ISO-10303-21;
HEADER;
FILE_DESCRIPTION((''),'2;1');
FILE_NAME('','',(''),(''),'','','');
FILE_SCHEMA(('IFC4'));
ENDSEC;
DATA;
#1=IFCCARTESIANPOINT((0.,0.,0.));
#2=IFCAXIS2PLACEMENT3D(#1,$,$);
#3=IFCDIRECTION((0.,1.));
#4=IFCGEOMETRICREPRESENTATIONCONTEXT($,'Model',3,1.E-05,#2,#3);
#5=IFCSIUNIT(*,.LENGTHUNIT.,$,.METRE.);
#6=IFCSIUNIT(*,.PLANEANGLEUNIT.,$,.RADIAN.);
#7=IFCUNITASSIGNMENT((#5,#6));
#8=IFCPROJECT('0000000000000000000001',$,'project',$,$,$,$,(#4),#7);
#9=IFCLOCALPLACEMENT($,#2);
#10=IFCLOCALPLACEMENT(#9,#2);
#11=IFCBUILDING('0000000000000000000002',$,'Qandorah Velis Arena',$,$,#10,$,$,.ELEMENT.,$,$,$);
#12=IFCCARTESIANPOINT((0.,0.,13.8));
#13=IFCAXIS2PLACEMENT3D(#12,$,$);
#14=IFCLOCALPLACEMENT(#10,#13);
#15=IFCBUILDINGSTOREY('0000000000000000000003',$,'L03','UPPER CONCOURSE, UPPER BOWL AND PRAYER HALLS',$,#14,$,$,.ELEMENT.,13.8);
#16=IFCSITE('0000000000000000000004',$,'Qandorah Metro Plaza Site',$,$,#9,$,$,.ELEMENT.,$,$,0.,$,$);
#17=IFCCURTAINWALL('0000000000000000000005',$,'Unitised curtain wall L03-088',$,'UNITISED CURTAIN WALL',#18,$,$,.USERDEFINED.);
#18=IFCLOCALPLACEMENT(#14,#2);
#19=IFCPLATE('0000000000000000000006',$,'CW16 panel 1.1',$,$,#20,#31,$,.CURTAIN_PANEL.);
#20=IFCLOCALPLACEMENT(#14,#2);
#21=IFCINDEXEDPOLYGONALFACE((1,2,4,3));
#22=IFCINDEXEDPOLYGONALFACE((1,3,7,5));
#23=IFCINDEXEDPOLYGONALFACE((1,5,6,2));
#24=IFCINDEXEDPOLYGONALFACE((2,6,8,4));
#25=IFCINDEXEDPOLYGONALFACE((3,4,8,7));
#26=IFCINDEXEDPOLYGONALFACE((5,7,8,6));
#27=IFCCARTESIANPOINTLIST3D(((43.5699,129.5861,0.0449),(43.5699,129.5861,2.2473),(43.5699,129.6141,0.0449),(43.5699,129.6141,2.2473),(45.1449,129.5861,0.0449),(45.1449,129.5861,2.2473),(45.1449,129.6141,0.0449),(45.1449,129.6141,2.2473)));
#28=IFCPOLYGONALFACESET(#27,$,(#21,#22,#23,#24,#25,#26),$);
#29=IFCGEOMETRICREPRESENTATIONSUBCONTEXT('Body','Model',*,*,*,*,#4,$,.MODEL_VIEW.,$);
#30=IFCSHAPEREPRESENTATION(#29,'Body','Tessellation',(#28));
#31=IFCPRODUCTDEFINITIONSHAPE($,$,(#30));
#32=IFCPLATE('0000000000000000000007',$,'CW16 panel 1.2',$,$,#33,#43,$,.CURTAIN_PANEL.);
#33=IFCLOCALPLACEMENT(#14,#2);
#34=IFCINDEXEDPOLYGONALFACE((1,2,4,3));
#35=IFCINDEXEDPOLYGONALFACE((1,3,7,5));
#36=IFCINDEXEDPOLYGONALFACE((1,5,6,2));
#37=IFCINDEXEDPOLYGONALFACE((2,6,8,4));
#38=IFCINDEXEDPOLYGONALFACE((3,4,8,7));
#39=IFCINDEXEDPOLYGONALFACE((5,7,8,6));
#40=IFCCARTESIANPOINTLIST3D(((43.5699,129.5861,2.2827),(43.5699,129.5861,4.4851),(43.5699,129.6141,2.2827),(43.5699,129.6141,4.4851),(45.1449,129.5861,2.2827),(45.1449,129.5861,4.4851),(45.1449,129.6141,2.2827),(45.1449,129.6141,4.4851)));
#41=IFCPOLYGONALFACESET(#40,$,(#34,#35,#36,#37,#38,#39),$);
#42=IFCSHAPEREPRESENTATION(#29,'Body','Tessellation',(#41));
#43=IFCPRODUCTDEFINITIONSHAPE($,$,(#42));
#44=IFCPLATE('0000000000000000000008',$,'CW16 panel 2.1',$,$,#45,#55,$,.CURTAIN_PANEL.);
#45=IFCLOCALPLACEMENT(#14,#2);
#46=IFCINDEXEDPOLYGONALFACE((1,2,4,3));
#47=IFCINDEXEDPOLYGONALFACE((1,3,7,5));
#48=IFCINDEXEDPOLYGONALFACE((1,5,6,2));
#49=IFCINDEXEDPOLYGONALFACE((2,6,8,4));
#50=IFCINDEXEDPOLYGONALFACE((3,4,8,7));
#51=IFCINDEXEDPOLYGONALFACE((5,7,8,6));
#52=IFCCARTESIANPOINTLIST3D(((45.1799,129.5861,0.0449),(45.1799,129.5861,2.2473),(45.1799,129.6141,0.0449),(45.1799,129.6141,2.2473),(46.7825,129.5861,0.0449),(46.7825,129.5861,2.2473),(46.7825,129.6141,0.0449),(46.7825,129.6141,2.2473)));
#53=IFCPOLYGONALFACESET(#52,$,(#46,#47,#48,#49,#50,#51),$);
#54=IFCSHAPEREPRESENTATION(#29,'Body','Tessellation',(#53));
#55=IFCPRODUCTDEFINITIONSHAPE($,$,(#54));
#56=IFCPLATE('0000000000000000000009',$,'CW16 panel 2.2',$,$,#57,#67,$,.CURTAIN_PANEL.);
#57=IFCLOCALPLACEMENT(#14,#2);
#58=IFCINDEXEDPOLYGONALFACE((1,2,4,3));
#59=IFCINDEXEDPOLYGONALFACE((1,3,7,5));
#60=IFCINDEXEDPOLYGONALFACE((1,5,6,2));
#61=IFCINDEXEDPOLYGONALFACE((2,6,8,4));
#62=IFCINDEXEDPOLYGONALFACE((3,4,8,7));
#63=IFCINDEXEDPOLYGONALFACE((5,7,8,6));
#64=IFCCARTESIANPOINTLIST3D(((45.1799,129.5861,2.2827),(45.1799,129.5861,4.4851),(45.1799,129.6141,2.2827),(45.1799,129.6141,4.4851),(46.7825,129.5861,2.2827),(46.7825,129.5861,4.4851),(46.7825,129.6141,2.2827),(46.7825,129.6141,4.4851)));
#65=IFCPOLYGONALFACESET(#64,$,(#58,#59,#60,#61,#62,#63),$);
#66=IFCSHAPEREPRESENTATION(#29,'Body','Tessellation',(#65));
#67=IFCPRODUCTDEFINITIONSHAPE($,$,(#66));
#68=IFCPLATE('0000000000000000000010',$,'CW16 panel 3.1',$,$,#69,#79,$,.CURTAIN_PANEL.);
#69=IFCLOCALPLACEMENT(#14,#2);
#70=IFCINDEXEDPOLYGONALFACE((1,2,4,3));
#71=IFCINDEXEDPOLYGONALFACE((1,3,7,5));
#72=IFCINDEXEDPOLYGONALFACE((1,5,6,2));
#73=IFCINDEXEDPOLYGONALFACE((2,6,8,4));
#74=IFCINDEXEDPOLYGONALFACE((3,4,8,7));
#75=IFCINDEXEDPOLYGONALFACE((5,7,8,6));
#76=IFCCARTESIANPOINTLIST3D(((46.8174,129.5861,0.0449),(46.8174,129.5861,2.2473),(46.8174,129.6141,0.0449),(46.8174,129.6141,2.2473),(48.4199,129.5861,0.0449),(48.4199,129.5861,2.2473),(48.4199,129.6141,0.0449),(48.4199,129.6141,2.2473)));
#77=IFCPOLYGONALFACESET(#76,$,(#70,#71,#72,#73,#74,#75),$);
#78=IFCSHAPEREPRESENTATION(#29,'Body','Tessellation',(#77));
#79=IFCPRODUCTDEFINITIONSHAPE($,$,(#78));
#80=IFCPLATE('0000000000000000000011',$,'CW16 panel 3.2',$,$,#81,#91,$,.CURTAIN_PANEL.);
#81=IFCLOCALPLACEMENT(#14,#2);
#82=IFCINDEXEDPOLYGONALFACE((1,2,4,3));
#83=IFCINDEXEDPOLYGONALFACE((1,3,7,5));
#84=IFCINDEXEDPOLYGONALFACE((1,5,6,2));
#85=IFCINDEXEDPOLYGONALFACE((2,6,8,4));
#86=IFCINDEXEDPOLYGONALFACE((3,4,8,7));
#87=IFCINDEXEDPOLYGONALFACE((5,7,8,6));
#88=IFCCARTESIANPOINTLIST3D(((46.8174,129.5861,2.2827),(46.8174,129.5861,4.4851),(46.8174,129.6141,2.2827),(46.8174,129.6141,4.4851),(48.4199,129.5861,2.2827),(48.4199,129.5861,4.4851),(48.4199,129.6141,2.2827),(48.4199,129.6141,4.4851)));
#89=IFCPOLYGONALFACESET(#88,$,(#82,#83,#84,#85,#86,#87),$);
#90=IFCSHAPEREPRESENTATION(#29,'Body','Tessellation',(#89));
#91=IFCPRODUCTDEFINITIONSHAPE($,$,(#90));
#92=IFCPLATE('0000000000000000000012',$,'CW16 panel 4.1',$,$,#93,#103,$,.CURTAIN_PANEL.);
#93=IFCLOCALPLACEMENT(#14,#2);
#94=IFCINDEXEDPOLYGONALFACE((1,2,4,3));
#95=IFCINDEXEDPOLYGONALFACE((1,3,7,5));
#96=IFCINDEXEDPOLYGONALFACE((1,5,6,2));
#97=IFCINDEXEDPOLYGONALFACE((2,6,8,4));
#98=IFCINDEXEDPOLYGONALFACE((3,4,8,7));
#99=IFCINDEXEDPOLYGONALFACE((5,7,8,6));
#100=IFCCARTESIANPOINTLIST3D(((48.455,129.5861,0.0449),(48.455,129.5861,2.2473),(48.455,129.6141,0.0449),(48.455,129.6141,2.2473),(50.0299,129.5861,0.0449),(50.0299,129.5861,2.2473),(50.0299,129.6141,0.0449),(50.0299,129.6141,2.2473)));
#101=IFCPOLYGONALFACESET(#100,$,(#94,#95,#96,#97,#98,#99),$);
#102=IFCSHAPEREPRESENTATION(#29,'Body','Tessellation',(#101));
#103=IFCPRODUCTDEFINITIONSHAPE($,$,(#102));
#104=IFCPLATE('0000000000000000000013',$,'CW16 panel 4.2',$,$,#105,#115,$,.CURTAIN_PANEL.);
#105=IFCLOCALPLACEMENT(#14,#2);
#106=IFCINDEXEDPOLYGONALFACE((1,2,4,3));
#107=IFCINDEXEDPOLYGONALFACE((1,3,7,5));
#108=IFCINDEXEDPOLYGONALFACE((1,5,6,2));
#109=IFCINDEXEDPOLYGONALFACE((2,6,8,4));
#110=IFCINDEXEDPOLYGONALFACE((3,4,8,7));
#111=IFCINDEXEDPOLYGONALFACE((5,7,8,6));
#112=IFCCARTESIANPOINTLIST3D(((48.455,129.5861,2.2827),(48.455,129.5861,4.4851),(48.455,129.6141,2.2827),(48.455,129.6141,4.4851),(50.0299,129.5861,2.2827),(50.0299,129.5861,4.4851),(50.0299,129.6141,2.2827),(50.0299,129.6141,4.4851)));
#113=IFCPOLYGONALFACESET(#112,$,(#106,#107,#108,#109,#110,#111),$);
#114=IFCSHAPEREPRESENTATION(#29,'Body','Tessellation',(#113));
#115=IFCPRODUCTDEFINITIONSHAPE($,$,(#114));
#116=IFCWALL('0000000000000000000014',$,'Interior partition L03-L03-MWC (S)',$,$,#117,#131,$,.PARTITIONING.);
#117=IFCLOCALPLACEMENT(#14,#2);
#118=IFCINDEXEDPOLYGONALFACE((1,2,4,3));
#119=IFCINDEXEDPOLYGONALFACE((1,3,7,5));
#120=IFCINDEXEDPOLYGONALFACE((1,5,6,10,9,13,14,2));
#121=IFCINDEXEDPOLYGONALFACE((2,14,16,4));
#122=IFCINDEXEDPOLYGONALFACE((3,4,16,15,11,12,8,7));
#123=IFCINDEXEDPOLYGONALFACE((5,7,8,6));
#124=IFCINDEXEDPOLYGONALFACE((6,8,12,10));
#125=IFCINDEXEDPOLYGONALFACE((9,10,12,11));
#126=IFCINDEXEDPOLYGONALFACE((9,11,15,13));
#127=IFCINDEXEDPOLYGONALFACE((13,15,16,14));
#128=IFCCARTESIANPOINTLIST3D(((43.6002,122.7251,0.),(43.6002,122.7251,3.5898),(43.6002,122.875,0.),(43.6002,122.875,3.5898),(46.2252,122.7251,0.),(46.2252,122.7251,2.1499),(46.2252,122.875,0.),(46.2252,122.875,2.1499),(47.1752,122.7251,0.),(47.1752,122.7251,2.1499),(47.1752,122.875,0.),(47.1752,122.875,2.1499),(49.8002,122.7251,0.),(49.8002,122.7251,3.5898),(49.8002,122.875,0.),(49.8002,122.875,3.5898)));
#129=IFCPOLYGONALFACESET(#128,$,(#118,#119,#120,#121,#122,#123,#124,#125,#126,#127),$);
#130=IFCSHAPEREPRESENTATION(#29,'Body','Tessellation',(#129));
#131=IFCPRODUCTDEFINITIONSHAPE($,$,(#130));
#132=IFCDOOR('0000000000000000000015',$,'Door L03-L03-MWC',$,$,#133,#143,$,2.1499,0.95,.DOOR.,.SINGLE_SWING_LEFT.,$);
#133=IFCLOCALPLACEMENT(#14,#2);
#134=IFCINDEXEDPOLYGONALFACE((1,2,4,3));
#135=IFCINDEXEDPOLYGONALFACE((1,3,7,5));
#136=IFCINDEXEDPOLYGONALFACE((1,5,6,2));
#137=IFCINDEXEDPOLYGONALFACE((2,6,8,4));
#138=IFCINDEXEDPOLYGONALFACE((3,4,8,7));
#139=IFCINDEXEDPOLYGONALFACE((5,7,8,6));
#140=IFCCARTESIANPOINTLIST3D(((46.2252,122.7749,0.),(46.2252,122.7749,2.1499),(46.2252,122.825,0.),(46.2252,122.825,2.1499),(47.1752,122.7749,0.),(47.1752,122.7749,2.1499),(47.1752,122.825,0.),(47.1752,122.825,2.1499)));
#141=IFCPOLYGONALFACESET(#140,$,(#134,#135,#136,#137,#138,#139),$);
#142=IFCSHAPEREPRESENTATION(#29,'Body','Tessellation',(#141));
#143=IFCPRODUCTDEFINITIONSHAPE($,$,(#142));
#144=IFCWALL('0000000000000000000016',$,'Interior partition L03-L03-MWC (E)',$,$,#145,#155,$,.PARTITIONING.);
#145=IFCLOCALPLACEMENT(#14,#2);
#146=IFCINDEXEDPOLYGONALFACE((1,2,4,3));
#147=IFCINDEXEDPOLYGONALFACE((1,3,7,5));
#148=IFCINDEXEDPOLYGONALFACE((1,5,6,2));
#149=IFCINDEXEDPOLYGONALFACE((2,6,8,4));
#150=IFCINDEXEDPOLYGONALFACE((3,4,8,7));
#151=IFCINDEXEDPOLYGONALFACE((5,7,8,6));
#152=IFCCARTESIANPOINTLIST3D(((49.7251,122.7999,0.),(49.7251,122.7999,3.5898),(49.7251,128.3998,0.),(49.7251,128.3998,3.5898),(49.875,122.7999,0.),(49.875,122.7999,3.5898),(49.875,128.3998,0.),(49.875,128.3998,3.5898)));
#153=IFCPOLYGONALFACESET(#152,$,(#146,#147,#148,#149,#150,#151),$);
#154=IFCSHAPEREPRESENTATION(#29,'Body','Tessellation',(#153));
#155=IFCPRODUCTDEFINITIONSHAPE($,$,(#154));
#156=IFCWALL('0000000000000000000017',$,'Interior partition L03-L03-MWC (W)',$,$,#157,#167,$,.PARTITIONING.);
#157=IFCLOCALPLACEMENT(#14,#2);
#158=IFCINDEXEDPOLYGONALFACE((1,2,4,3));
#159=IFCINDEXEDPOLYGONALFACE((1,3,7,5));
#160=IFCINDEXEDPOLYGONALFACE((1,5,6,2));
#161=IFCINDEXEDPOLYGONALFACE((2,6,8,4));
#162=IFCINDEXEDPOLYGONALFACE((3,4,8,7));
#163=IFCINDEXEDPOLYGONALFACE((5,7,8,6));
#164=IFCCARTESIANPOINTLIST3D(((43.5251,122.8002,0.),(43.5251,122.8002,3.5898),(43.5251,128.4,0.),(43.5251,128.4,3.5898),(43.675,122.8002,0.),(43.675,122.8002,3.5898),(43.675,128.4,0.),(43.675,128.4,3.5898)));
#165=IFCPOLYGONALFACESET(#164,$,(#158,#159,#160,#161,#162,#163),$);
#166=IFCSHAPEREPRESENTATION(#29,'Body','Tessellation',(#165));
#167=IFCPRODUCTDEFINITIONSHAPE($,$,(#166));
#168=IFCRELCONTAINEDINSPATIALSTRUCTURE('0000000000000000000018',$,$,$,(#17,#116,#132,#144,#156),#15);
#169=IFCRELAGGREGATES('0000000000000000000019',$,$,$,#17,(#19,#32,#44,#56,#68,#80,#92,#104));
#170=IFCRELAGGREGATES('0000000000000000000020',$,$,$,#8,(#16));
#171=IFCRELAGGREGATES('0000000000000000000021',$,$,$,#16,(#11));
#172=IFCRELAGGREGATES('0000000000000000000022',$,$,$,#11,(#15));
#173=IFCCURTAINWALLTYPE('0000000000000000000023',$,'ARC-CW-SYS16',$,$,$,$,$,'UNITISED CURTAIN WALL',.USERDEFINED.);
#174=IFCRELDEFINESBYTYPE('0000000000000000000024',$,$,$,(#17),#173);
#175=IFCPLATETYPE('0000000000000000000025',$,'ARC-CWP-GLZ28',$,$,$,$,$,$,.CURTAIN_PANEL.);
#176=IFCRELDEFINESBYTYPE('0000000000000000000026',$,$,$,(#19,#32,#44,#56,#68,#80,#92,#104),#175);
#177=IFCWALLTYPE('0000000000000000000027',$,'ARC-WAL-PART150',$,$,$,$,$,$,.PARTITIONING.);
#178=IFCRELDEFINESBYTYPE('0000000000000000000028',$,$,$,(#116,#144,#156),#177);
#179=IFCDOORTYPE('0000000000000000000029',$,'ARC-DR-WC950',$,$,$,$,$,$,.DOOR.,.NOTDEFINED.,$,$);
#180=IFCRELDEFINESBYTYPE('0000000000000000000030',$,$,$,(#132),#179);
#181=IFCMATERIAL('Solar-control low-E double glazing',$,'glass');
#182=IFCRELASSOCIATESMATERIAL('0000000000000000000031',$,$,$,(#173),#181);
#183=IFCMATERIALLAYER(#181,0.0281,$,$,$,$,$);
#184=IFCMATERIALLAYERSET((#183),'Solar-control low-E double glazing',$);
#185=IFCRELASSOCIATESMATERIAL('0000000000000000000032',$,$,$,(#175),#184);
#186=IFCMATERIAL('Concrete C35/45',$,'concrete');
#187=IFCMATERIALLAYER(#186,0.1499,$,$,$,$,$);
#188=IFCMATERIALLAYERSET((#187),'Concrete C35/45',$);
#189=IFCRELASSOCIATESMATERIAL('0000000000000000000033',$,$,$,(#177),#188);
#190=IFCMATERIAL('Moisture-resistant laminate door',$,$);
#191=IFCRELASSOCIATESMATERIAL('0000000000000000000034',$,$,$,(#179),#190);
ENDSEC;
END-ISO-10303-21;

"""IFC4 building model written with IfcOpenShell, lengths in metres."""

from ifc_helpers import new_model, si_unit, direction, frame, frame_2d, origin, origin_2d, place, context, subcontext, project, spatial, rectangle, extrude, material, layer, layer_set, type_object, element, fill, aggregate, save


model = new_model("IFC4")

# Units and contexts
model_context = context("Model", 3, precision=1e-05, world=origin(), true_north=direction((0.0, 1.0)))
body_context = subcontext(model_context, "Body", "Model", "MODEL_VIEW")
ifc_project = project(units=[si_unit("LENGTHUNIT", "METRE"), si_unit("PLANEANGLEUNIT", "RADIAN")], contexts=[model_context])

# Site, building, storey
site_placement = place(None, origin())
site = spatial("IfcSite", under=ifc_project, at=site_placement, Name="Qandorah Metro Plaza Site", CompositionType="ELEMENT", RefElevation=0.0)
building_placement = place(site_placement, origin())
building = spatial("IfcBuilding", under=site, at=building_placement, Name="Qandorah Velis Arena", CompositionType="ELEMENT")
storey_placement = place(building_placement, frame((0.0, 0.0, 13.8)))
storey = spatial("IfcBuildingStorey", under=building, at=storey_placement, Name="L03", Description="UPPER CONCOURSE, UPPER BOWL AND PRAYER HALLS", CompositionType="ELEMENT", Elevation=13.8)

# Curtain wall
ifc_material_1 = material(Name="Solar-control low-E double glazing", Category="glass")
curtain_wall_type = type_object("IfcCurtainWallType", Name="ARC-CW-SYS16", ElementType="UNITISED CURTAIN WALL", PredefinedType="USERDEFINED", material=ifc_material_1)
curtain_wall_placement = place(storey_placement, origin())
curtain_wall = element("IfcCurtainWall", 1, at=curtain_wall_placement, inside=storey, type_object=curtain_wall_type, Name="Unitised curtain wall L03-088", ObjectType="UNITISED CURTAIN WALL", PredefinedType="USERDEFINED")

# Plates
ifc_layer_1 = layer(ifc_material_1, 0.0281)
ifc_layer_set_1 = layer_set([ifc_layer_1], Name="Solar-control low-E double glazing")
plate_type = type_object("IfcPlateType", Name="ARC-CWP-GLZ28", PredefinedType="CURTAIN_PANEL", material=ifc_layer_set_1)
plate_1_placement = place(storey_placement, frame((44.3574, 129.6001, 0.0449), z_axis=(0.0, 0.0, 1.0), x_axis=(1.0, 0.0, 0.0)))
plate_1 = element("IfcPlate", 2, at=plate_1_placement, type_object=plate_type, Name="CW16 panel 1.1", PredefinedType="CURTAIN_PANEL", context=body_context, shape_type="SweptSolid", body=[
    extrude(rectangle(XDim=1.575, YDim=0.0281, at=origin_2d()), origin(), (0.0, 0.0, 1.0), 2.2024),
])
plate_2_placement = place(storey_placement, frame((44.3574, 129.6001, 2.2827), z_axis=(0.0, 0.0, 1.0), x_axis=(1.0, 0.0, 0.0)))
plate_2 = element("IfcPlate", 3, at=plate_2_placement, type_object=plate_type, Name="CW16 panel 1.2", PredefinedType="CURTAIN_PANEL", context=body_context, shape_type="SweptSolid", body=[
    extrude(rectangle(XDim=1.575, YDim=0.0281, at=origin_2d()), origin(), (0.0, 0.0, 1.0), 2.2024),
])
plate_3_placement = place(storey_placement, frame((45.9812, 129.6001, 0.0449), z_axis=(0.0, 0.0, 1.0), x_axis=(1.0, 0.0, 0.0)))
plate_3 = element("IfcPlate", 4, at=plate_3_placement, type_object=plate_type, Name="CW16 panel 2.1", PredefinedType="CURTAIN_PANEL", context=body_context, shape_type="SweptSolid", body=[
    extrude(rectangle(XDim=1.6025, YDim=0.0281, at=origin_2d()), origin(), (0.0, 0.0, 1.0), 2.2024),
])
plate_4_placement = place(storey_placement, frame((45.9812, 129.6001, 2.2827), z_axis=(0.0, 0.0, 1.0), x_axis=(1.0, 0.0, 0.0)))
plate_4 = element("IfcPlate", 5, at=plate_4_placement, type_object=plate_type, Name="CW16 panel 2.2", PredefinedType="CURTAIN_PANEL", context=body_context, shape_type="SweptSolid", body=[
    extrude(rectangle(XDim=1.6025, YDim=0.0281, at=origin_2d()), origin(), (0.0, 0.0, 1.0), 2.2024),
])
plate_5_placement = place(storey_placement, frame((47.6187, 129.6001, 0.0449), z_axis=(0.0, 0.0, 1.0), x_axis=(1.0, 0.0, 0.0)))
plate_5 = element("IfcPlate", 6, at=plate_5_placement, type_object=plate_type, Name="CW16 panel 3.1", PredefinedType="CURTAIN_PANEL", context=body_context, shape_type="SweptSolid", body=[
    extrude(rectangle(XDim=1.6025, YDim=0.0281, at=origin_2d()), origin(), (0.0, 0.0, 1.0), 2.2024),
])
plate_6_placement = place(storey_placement, frame((47.6187, 129.6001, 2.2827), z_axis=(0.0, 0.0, 1.0), x_axis=(1.0, 0.0, 0.0)))
plate_6 = element("IfcPlate", 7, at=plate_6_placement, type_object=plate_type, Name="CW16 panel 3.2", PredefinedType="CURTAIN_PANEL", context=body_context, shape_type="SweptSolid", body=[
    extrude(rectangle(XDim=1.6025, YDim=0.0281, at=origin_2d()), origin(), (0.0, 0.0, 1.0), 2.2024),
])
plate_7_placement = place(storey_placement, frame((49.2424, 129.6001, 0.0449), z_axis=(0.0, 0.0, 1.0), x_axis=(1.0, 0.0, 0.0)))
plate_7 = element("IfcPlate", 8, at=plate_7_placement, type_object=plate_type, Name="CW16 panel 4.1", PredefinedType="CURTAIN_PANEL", context=body_context, shape_type="SweptSolid", body=[
    extrude(rectangle(XDim=1.575, YDim=0.0281, at=origin_2d()), origin(), (0.0, 0.0, 1.0), 2.2024),
])
plate_8_placement = place(storey_placement, frame((49.2424, 129.6001, 2.2827), z_axis=(0.0, 0.0, 1.0), x_axis=(1.0, 0.0, 0.0)))
plate_8 = element("IfcPlate", 9, at=plate_8_placement, type_object=plate_type, Name="CW16 panel 4.2", PredefinedType="CURTAIN_PANEL", context=body_context, shape_type="SweptSolid", body=[
    extrude(rectangle(XDim=1.575, YDim=0.0281, at=origin_2d()), origin(), (0.0, 0.0, 1.0), 2.2024),
])
aggregate(curtain_wall, [plate_1, plate_2, plate_3, plate_4, plate_5, plate_6, plate_7, plate_8])

# Wall, opening, door
ifc_material_2 = material(Name="Concrete C35/45", Category="concrete")
ifc_layer_2 = layer(ifc_material_2, 0.1499)
ifc_layer_set_2 = layer_set([ifc_layer_2], Name="Concrete C35/45")
wall_type = type_object("IfcWallType", Name="ARC-WAL-PART150", PredefinedType="PARTITIONING", material=ifc_layer_set_2)
wall_placement = place(storey_placement, frame((43.6001, 122.8, 0.0), z_axis=(0.0, 0.0, 1.0), x_axis=(1.0, 0.0, 0.0)))
wall = element("IfcWall", 10, at=wall_placement, inside=storey, type_object=wall_type, Name="Interior partition L03-L03-MWC (S)", PredefinedType="PARTITIONING", context=body_context, shape_type="SweptSolid", body=[
    extrude(rectangle(XDim=6.2, YDim=0.1499, at=frame_2d((3.1001, 0.0))), origin(), (0.0, 0.0, 1.0), 3.5898),
])
opening_placement = place(wall_placement, frame((2.625, 0.0, 0.0)))
opening = element("IfcOpeningElement", 11, at=opening_placement, cuts=wall, PredefinedType="OPENING", context=body_context, shape_type="SweptSolid", body=[
    extrude(rectangle(XDim=0.95, YDim=2.1499, at=frame_2d((0.4751, 1.075))), frame((0.0, 0.085, 0.0), z_axis=(0.0, -1.0, 0.0), x_axis=(1.0, 0.0, 0.0)), (0.0, 0.0, 1.0), 0.1699),
])
ifc_material_3 = material(Name="Moisture-resistant laminate door")
door_type = type_object("IfcDoorType", Name="ARC-DR-WC950", OperationType="NOTDEFINED", PredefinedType="DOOR", material=ifc_material_3)
door_placement = place(opening_placement, origin())
door = element("IfcDoor", 12, at=door_placement, inside=storey, type_object=door_type, Name="Door L03-L03-MWC", OperationType="SINGLE_SWING_LEFT", OverallHeight=2.1499, OverallWidth=0.95, PredefinedType="DOOR", context=body_context, shape_type="SweptSolid", body=[
    extrude(rectangle(XDim=0.95, YDim=2.1499, at=frame_2d((0.4751, 1.075))), frame((0.0, 0.0249, 0.0), z_axis=(0.0, -1.0, 0.0), x_axis=(1.0, 0.0, 0.0)), (0.0, 0.0, 1.0), 0.05),
])
fill(opening, door)

# Walls
for number, where, z_axis, x_axis, name in (
    (13, (49.8, 122.8, 0.0), (0.0, 0.0, 1.0), (0.0, 1.0, 0.0), "Interior partition L03-L03-MWC (E)"),
    (14, (43.6001, 128.3999, 0.0), (0.0, 0.0, 1.0), (0.0, -1.0, 0.0), "Interior partition L03-L03-MWC (W)"),
):
    element("IfcWall", number, at=place(storey_placement, frame(where, z_axis=z_axis, x_axis=x_axis)), inside=storey, type_object=wall_type, Name=name, PredefinedType="PARTITIONING", context=body_context, shape_type="SweptSolid", body=[
        extrude(rectangle(XDim=5.5999, YDim=0.1499, at=frame_2d((2.7998, 0.0))), origin(), (0.0, 0.0, 1.0), 3.5898),
    ])

save(model, "model.ifc")
